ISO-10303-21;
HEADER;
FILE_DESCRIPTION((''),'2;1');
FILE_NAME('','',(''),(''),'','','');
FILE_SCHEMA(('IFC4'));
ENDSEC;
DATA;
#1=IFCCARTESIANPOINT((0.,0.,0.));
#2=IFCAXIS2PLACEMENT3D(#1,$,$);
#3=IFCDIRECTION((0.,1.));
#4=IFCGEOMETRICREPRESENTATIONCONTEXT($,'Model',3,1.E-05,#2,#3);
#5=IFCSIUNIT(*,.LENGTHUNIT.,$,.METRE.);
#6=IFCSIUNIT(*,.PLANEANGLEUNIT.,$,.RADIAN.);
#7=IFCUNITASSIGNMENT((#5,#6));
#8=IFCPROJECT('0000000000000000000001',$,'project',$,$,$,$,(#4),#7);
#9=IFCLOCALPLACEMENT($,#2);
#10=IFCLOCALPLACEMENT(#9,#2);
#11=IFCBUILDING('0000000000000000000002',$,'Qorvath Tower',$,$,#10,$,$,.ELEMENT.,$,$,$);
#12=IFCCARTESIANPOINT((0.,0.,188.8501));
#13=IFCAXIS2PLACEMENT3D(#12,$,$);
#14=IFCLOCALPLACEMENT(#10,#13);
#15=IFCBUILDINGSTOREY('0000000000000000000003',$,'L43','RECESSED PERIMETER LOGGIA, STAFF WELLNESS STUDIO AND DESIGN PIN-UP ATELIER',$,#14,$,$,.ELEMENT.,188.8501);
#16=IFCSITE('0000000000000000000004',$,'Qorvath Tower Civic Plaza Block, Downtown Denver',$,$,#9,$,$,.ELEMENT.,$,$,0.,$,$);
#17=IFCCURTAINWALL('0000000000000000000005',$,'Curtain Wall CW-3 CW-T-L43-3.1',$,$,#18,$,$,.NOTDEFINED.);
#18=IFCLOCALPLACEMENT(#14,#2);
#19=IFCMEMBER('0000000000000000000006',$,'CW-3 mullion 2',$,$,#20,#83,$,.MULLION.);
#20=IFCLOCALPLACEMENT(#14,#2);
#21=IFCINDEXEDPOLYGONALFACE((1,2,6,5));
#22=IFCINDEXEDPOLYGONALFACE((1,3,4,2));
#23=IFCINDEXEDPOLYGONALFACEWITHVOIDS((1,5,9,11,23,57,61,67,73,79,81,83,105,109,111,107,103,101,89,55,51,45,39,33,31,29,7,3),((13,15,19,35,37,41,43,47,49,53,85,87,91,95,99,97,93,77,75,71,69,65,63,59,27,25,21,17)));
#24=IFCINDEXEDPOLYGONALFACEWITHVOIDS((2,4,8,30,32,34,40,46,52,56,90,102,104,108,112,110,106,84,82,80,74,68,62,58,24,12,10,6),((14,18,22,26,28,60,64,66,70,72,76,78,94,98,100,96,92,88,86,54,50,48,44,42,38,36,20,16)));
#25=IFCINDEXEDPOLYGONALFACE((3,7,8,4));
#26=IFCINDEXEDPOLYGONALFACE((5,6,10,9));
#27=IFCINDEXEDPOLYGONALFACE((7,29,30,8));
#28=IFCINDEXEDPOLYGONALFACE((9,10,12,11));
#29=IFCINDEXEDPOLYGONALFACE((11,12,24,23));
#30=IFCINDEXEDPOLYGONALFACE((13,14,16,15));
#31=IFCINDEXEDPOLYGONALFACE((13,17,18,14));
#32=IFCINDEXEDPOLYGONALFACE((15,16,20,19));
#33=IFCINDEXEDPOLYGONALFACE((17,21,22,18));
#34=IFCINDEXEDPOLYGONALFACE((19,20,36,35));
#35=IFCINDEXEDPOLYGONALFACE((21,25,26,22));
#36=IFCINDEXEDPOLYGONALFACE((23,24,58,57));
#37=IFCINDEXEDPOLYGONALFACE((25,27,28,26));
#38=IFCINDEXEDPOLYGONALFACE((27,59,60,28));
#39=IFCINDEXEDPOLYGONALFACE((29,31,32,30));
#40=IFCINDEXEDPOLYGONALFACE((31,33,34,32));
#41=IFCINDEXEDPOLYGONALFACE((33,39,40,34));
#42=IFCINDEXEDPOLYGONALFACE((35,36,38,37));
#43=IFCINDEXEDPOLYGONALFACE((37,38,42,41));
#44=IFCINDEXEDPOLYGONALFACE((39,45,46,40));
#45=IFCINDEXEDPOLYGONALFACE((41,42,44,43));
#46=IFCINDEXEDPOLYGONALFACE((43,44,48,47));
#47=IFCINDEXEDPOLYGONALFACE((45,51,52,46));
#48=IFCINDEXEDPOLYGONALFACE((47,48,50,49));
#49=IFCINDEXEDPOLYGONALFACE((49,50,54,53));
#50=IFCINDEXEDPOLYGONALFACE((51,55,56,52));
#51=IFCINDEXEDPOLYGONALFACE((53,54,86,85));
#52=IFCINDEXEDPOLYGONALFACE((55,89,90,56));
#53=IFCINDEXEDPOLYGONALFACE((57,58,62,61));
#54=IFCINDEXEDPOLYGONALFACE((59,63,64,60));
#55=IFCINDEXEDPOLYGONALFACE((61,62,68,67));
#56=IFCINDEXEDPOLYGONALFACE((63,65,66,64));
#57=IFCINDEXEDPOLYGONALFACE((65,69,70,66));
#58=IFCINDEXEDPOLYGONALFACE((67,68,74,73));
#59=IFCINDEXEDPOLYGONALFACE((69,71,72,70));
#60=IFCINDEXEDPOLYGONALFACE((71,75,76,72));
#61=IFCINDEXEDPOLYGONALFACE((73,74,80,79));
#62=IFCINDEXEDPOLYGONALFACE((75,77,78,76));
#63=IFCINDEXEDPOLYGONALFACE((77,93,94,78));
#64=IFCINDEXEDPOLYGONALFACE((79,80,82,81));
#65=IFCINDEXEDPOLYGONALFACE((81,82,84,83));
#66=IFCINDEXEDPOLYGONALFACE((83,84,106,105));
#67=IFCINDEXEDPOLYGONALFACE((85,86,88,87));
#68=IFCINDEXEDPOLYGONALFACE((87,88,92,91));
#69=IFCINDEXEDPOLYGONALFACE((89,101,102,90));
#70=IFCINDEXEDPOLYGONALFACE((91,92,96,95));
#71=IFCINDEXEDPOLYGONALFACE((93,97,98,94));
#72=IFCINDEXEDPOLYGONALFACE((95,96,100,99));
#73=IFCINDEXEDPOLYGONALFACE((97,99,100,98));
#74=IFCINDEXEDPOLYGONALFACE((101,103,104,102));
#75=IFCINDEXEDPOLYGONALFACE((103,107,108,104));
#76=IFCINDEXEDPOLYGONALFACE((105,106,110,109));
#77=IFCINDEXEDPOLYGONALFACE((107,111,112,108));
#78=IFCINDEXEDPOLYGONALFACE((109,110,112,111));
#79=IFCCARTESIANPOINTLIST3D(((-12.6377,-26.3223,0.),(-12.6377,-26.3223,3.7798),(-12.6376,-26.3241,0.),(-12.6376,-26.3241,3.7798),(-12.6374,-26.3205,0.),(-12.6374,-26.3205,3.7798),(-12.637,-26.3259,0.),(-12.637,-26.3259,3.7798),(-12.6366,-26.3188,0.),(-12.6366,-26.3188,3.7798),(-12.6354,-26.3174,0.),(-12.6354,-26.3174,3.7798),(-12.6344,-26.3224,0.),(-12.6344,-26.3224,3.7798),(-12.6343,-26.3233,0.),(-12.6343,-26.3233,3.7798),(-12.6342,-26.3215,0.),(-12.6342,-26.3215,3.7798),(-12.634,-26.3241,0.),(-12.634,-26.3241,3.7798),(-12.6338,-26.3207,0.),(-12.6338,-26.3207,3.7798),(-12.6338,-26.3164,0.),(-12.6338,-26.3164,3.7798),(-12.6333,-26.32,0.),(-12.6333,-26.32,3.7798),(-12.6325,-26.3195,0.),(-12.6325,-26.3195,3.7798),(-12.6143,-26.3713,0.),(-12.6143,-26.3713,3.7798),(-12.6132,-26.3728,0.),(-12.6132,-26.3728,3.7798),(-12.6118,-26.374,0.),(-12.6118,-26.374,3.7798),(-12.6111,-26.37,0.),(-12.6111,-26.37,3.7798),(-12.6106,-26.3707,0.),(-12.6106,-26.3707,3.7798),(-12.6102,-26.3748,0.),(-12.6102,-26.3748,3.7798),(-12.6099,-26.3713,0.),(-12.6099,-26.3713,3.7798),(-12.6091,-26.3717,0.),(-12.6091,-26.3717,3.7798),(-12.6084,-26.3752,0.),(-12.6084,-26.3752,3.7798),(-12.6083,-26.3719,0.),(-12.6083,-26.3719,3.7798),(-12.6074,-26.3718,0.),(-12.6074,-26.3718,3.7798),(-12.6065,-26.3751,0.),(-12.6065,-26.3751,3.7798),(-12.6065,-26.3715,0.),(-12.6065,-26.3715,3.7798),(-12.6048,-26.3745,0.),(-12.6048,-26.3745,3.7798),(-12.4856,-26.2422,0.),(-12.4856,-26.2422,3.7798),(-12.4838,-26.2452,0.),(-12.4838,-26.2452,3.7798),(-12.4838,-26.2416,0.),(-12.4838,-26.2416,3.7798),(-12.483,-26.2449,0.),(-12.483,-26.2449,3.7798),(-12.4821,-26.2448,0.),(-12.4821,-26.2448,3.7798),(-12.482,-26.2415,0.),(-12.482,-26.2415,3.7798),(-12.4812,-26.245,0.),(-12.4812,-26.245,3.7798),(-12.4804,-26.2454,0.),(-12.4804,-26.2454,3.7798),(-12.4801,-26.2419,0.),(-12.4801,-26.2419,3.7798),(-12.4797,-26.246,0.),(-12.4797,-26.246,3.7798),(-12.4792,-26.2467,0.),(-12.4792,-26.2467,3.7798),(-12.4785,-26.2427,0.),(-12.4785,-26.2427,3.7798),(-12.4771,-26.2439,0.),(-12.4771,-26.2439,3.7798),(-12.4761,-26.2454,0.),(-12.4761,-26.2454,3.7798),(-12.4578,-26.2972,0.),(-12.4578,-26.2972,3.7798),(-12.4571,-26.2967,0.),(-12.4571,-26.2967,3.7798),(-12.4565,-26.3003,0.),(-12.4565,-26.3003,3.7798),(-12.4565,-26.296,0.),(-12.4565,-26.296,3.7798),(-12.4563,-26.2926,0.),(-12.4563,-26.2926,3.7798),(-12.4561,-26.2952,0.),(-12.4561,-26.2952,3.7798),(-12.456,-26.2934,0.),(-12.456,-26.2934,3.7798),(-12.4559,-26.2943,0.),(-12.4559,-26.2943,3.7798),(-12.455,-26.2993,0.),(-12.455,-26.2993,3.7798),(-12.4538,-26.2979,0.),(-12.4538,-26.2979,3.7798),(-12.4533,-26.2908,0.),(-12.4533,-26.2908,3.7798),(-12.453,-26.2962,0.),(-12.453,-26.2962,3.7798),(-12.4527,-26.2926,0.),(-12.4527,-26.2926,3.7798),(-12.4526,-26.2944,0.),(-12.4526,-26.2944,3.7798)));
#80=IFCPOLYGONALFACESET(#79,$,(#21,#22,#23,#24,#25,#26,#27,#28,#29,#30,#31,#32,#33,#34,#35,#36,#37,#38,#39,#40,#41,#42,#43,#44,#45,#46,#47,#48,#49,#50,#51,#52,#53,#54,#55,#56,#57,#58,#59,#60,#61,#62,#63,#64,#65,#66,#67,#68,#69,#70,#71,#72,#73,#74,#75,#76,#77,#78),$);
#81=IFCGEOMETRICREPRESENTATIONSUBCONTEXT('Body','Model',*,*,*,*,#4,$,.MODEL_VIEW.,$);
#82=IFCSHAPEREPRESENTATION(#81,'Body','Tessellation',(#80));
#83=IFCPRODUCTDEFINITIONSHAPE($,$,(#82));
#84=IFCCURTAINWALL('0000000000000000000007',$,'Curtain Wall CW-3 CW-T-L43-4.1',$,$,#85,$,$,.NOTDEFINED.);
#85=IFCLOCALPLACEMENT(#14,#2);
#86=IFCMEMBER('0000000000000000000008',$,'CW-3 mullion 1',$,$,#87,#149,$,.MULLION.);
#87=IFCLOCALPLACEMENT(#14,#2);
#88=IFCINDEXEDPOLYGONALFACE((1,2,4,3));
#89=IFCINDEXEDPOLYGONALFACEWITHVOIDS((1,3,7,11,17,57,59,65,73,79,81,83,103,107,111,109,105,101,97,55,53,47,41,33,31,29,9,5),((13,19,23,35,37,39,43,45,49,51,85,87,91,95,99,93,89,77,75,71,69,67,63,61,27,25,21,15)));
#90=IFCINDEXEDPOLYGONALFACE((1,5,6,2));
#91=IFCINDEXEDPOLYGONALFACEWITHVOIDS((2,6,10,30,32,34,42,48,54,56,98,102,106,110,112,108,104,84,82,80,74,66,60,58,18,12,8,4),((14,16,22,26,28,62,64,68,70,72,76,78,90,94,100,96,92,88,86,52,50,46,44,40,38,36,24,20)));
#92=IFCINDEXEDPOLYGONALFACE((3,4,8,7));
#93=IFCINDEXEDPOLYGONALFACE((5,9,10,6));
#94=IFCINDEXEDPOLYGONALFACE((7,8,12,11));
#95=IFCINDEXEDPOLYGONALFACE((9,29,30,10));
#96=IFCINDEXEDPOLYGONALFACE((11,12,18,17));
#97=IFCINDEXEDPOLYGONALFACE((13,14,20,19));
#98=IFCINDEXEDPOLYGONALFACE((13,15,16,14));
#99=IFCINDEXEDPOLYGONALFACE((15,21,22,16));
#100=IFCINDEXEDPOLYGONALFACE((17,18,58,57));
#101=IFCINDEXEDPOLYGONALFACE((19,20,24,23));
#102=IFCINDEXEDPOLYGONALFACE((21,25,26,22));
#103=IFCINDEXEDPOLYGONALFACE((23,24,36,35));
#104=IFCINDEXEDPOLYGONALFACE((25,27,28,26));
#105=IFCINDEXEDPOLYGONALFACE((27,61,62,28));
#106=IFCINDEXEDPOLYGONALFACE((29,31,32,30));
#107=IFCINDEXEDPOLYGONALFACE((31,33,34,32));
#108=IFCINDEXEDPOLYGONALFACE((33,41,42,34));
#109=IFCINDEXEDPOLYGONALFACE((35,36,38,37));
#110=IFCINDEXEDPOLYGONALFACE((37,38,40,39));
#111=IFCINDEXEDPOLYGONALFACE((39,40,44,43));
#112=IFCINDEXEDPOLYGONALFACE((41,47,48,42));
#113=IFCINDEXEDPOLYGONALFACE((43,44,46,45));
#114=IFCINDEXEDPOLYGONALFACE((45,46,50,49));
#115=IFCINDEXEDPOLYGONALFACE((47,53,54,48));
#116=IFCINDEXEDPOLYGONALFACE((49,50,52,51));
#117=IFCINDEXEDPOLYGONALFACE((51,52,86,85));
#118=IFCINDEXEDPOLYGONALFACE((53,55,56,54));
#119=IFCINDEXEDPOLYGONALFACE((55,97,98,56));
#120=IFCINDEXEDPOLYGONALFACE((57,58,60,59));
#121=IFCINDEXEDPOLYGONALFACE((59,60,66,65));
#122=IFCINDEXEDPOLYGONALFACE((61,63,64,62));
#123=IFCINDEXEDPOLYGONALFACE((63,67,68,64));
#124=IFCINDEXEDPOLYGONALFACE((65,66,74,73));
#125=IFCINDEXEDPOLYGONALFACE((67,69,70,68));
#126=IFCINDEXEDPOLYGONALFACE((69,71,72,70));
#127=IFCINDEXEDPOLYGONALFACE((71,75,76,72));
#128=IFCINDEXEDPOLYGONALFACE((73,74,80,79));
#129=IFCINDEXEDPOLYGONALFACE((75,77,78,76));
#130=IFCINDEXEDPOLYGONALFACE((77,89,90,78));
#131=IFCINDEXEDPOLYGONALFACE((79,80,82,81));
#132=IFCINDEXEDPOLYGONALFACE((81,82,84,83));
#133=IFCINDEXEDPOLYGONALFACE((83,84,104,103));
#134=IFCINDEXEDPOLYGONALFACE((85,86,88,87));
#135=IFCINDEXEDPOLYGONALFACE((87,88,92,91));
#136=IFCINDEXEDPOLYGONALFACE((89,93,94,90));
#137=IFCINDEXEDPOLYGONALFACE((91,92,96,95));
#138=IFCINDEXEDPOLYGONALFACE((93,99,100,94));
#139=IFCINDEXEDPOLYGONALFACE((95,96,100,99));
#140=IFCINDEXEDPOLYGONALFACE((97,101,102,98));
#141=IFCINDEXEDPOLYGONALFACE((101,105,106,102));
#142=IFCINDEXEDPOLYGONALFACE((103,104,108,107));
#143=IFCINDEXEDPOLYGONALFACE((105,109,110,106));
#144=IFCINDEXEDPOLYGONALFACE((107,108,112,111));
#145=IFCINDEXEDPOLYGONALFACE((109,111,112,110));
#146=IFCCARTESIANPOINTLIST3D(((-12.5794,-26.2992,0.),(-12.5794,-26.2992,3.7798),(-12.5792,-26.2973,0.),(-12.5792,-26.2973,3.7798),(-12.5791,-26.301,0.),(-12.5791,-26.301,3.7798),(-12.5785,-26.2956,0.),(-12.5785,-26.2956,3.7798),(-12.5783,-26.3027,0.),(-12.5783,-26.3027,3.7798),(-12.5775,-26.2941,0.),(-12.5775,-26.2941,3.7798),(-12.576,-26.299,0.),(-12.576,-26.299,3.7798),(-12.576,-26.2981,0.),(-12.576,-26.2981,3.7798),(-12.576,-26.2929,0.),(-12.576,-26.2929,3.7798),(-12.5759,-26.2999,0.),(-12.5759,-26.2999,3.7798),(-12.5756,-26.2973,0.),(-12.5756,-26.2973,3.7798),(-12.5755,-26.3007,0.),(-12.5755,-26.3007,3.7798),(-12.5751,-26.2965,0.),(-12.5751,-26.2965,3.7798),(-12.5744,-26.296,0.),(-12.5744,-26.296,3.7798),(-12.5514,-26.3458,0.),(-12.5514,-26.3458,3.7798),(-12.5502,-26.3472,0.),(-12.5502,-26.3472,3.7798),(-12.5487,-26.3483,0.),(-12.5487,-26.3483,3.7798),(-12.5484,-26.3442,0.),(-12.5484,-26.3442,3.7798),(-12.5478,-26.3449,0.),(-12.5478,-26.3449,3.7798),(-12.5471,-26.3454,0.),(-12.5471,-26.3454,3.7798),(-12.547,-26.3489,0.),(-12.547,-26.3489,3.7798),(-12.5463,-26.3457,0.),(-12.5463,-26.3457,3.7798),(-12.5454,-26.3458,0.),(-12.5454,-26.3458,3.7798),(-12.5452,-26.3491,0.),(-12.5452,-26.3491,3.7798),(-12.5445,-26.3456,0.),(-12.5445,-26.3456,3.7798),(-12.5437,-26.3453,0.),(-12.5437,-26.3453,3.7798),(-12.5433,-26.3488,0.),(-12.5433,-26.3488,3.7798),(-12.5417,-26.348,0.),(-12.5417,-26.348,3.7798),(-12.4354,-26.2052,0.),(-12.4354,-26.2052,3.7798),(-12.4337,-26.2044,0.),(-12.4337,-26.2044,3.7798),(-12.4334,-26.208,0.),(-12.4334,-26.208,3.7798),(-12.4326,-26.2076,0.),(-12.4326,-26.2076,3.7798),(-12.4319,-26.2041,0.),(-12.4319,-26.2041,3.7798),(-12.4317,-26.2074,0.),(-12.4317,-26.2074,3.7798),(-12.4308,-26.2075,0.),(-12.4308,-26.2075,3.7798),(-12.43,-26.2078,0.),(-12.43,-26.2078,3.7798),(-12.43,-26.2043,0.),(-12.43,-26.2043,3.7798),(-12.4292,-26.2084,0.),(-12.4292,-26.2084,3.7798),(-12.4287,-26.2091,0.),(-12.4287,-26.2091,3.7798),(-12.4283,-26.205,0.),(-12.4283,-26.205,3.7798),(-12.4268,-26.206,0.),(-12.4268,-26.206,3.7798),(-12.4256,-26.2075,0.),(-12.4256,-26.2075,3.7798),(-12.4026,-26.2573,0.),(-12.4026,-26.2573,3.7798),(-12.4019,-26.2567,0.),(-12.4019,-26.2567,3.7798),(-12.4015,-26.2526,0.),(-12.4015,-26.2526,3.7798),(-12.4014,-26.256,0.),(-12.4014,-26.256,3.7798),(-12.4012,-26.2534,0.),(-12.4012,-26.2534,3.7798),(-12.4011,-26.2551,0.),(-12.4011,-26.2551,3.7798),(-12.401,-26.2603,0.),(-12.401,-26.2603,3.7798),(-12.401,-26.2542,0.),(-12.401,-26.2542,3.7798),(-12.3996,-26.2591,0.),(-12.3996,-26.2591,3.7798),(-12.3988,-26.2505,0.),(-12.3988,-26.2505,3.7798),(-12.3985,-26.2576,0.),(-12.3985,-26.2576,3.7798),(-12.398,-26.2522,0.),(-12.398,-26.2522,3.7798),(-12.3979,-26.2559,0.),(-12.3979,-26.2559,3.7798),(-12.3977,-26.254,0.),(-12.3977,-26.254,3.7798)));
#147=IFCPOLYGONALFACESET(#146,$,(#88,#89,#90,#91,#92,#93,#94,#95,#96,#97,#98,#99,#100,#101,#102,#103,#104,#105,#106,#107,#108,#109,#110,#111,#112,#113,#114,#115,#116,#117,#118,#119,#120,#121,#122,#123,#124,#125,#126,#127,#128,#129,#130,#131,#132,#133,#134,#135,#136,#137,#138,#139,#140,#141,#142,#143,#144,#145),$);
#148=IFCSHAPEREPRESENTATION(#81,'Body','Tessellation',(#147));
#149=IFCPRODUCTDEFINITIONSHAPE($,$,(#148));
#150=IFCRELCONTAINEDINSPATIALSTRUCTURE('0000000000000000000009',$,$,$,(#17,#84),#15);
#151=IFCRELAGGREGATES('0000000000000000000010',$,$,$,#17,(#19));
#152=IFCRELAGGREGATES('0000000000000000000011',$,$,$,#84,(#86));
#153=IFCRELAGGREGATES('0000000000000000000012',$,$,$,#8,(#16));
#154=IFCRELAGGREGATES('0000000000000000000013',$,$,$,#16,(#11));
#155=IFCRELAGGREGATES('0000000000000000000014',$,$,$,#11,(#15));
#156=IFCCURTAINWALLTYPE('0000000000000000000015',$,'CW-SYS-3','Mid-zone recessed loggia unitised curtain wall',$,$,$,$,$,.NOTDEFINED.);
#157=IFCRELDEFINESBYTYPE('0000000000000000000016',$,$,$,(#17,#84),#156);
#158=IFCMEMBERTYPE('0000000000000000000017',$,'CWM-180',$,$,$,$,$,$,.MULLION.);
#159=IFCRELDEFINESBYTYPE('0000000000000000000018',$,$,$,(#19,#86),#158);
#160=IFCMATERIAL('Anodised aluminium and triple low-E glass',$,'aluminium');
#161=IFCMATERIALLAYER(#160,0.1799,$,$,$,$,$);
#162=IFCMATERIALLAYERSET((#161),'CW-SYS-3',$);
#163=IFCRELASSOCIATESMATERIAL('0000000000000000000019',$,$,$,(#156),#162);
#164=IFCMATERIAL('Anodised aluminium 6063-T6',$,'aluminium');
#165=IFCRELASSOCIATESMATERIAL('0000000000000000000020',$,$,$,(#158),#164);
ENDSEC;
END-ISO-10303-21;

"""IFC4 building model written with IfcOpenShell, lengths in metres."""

from ifc_helpers import new_model, si_unit, direction, frame, origin, origin_2d, place, context, subcontext, project, spatial, hollow_rectangle, extrude, material, layer, layer_set, material_profile, profile_set, type_object, element, aggregate, save


model = new_model("IFC4")

# Units and contexts
model_context = context("Model", 3, precision=1e-05, world=origin(), true_north=direction((0.0, 1.0)))
body_context = subcontext(model_context, "Body", "Model", "MODEL_VIEW")
ifc_project = project(units=[si_unit("LENGTHUNIT", "METRE"), si_unit("PLANEANGLEUNIT", "RADIAN")], contexts=[model_context])

# Site, building, storey
site_placement = place(None, origin())
site = spatial("IfcSite", under=ifc_project, at=site_placement, Name="Qorvath Tower Civic Plaza Block, Downtown Denver", CompositionType="ELEMENT", RefElevation=0.0)
building_placement = place(site_placement, origin())
building = spatial("IfcBuilding", under=site, at=building_placement, Name="Qorvath Tower", CompositionType="ELEMENT")
storey_placement = place(building_placement, frame((0.0, 0.0, 188.8501)))
storey = spatial("IfcBuildingStorey", under=building, at=storey_placement, Name="L43", Description="RECESSED PERIMETER LOGGIA, STAFF WELLNESS STUDIO AND DESIGN PIN-UP ATELIER", CompositionType="ELEMENT", Elevation=188.8501)

# Shared definitions
ifc_material_1 = material(Name="Anodised aluminium and triple low-E glass", Category="aluminium")
ifc_layer_1 = layer(ifc_material_1, 0.1799)
ifc_layer_set_1 = layer_set([ifc_layer_1], Name="CW-SYS-3")
curtain_wall_type = type_object("IfcCurtainWallType", Name="CW-SYS-3", Description="Mid-zone recessed loggia unitised curtain wall", PredefinedType="NOTDEFINED", material=ifc_layer_set_1)
ifc_material_2 = material(Name="Anodised aluminium 6063-T6", Category="aluminium")
ifc_material_profile_1 = material_profile(ifc_material_2, hollow_rectangle(XDim=0.0649, YDim=0.1799, WallThickness=0.0034, InnerFilletRadius=0.0034, OuterFilletRadius=0.0071, at=origin_2d()), Name="CWM 180x65")
ifc_profile_set_1 = profile_set([ifc_material_profile_1], Name="Anodised aluminium 6063-T6")
member_type_1 = type_object("IfcMemberType", Name="CWM-180", PredefinedType="MULLION", material=ifc_profile_set_1)

# Curtain walls, members
curtain_wall_1_placement = place(storey_placement, origin())
curtain_wall_1 = element("IfcCurtainWall", 1, at=curtain_wall_1_placement, inside=storey, type_object=curtain_wall_type, Name="Curtain Wall CW-3 CW-T-L43-3.1", PredefinedType="NOTDEFINED")
member_1_placement = place(storey_placement, frame((-12.5452, -26.3083, 0.0), z_axis=(0.0, 0.0, 1.0), x_axis=(-0.447196, 0.894436, 0.0)))
member_1 = element("IfcMember", 2, at=member_1_placement, type_object=member_type_1, Name="CW-3 mullion 2", PredefinedType="MULLION", context=body_context, shape_type="SweptSolid", body=[
    extrude(hollow_rectangle(XDim=0.0649, YDim=0.1799, WallThickness=0.0034, InnerFilletRadius=0.0034, OuterFilletRadius=0.0071, at=origin_2d()), origin(), (0.0, 0.0, 1.0), 3.7798),
])
curtain_wall_2_placement = place(storey_placement, origin())
curtain_wall_2 = element("IfcCurtainWall", 3, at=curtain_wall_2_placement, inside=storey, type_object=curtain_wall_type, Name="Curtain Wall CW-3 CW-T-L43-4.1", PredefinedType="NOTDEFINED")
member_2_placement = place(storey_placement, frame((-12.4885, -26.2766, 0.0), z_axis=(0.0, 0.0, 1.0), x_axis=(-0.529252, 0.848464, 0.0)))
member_2 = element("IfcMember", 4, at=member_2_placement, type_object=member_type_1, Name="CW-3 mullion 1", PredefinedType="MULLION", context=body_context, shape_type="SweptSolid", body=[
    extrude(hollow_rectangle(XDim=0.0649, YDim=0.1799, WallThickness=0.0034, InnerFilletRadius=0.0034, OuterFilletRadius=0.0071, at=origin_2d()), origin(), (0.0, 0.0, 1.0), 3.7798),
])

aggregate(curtain_wall_1, [member_1])
aggregate(curtain_wall_2, [member_2])

save(model, "model.ifc")
